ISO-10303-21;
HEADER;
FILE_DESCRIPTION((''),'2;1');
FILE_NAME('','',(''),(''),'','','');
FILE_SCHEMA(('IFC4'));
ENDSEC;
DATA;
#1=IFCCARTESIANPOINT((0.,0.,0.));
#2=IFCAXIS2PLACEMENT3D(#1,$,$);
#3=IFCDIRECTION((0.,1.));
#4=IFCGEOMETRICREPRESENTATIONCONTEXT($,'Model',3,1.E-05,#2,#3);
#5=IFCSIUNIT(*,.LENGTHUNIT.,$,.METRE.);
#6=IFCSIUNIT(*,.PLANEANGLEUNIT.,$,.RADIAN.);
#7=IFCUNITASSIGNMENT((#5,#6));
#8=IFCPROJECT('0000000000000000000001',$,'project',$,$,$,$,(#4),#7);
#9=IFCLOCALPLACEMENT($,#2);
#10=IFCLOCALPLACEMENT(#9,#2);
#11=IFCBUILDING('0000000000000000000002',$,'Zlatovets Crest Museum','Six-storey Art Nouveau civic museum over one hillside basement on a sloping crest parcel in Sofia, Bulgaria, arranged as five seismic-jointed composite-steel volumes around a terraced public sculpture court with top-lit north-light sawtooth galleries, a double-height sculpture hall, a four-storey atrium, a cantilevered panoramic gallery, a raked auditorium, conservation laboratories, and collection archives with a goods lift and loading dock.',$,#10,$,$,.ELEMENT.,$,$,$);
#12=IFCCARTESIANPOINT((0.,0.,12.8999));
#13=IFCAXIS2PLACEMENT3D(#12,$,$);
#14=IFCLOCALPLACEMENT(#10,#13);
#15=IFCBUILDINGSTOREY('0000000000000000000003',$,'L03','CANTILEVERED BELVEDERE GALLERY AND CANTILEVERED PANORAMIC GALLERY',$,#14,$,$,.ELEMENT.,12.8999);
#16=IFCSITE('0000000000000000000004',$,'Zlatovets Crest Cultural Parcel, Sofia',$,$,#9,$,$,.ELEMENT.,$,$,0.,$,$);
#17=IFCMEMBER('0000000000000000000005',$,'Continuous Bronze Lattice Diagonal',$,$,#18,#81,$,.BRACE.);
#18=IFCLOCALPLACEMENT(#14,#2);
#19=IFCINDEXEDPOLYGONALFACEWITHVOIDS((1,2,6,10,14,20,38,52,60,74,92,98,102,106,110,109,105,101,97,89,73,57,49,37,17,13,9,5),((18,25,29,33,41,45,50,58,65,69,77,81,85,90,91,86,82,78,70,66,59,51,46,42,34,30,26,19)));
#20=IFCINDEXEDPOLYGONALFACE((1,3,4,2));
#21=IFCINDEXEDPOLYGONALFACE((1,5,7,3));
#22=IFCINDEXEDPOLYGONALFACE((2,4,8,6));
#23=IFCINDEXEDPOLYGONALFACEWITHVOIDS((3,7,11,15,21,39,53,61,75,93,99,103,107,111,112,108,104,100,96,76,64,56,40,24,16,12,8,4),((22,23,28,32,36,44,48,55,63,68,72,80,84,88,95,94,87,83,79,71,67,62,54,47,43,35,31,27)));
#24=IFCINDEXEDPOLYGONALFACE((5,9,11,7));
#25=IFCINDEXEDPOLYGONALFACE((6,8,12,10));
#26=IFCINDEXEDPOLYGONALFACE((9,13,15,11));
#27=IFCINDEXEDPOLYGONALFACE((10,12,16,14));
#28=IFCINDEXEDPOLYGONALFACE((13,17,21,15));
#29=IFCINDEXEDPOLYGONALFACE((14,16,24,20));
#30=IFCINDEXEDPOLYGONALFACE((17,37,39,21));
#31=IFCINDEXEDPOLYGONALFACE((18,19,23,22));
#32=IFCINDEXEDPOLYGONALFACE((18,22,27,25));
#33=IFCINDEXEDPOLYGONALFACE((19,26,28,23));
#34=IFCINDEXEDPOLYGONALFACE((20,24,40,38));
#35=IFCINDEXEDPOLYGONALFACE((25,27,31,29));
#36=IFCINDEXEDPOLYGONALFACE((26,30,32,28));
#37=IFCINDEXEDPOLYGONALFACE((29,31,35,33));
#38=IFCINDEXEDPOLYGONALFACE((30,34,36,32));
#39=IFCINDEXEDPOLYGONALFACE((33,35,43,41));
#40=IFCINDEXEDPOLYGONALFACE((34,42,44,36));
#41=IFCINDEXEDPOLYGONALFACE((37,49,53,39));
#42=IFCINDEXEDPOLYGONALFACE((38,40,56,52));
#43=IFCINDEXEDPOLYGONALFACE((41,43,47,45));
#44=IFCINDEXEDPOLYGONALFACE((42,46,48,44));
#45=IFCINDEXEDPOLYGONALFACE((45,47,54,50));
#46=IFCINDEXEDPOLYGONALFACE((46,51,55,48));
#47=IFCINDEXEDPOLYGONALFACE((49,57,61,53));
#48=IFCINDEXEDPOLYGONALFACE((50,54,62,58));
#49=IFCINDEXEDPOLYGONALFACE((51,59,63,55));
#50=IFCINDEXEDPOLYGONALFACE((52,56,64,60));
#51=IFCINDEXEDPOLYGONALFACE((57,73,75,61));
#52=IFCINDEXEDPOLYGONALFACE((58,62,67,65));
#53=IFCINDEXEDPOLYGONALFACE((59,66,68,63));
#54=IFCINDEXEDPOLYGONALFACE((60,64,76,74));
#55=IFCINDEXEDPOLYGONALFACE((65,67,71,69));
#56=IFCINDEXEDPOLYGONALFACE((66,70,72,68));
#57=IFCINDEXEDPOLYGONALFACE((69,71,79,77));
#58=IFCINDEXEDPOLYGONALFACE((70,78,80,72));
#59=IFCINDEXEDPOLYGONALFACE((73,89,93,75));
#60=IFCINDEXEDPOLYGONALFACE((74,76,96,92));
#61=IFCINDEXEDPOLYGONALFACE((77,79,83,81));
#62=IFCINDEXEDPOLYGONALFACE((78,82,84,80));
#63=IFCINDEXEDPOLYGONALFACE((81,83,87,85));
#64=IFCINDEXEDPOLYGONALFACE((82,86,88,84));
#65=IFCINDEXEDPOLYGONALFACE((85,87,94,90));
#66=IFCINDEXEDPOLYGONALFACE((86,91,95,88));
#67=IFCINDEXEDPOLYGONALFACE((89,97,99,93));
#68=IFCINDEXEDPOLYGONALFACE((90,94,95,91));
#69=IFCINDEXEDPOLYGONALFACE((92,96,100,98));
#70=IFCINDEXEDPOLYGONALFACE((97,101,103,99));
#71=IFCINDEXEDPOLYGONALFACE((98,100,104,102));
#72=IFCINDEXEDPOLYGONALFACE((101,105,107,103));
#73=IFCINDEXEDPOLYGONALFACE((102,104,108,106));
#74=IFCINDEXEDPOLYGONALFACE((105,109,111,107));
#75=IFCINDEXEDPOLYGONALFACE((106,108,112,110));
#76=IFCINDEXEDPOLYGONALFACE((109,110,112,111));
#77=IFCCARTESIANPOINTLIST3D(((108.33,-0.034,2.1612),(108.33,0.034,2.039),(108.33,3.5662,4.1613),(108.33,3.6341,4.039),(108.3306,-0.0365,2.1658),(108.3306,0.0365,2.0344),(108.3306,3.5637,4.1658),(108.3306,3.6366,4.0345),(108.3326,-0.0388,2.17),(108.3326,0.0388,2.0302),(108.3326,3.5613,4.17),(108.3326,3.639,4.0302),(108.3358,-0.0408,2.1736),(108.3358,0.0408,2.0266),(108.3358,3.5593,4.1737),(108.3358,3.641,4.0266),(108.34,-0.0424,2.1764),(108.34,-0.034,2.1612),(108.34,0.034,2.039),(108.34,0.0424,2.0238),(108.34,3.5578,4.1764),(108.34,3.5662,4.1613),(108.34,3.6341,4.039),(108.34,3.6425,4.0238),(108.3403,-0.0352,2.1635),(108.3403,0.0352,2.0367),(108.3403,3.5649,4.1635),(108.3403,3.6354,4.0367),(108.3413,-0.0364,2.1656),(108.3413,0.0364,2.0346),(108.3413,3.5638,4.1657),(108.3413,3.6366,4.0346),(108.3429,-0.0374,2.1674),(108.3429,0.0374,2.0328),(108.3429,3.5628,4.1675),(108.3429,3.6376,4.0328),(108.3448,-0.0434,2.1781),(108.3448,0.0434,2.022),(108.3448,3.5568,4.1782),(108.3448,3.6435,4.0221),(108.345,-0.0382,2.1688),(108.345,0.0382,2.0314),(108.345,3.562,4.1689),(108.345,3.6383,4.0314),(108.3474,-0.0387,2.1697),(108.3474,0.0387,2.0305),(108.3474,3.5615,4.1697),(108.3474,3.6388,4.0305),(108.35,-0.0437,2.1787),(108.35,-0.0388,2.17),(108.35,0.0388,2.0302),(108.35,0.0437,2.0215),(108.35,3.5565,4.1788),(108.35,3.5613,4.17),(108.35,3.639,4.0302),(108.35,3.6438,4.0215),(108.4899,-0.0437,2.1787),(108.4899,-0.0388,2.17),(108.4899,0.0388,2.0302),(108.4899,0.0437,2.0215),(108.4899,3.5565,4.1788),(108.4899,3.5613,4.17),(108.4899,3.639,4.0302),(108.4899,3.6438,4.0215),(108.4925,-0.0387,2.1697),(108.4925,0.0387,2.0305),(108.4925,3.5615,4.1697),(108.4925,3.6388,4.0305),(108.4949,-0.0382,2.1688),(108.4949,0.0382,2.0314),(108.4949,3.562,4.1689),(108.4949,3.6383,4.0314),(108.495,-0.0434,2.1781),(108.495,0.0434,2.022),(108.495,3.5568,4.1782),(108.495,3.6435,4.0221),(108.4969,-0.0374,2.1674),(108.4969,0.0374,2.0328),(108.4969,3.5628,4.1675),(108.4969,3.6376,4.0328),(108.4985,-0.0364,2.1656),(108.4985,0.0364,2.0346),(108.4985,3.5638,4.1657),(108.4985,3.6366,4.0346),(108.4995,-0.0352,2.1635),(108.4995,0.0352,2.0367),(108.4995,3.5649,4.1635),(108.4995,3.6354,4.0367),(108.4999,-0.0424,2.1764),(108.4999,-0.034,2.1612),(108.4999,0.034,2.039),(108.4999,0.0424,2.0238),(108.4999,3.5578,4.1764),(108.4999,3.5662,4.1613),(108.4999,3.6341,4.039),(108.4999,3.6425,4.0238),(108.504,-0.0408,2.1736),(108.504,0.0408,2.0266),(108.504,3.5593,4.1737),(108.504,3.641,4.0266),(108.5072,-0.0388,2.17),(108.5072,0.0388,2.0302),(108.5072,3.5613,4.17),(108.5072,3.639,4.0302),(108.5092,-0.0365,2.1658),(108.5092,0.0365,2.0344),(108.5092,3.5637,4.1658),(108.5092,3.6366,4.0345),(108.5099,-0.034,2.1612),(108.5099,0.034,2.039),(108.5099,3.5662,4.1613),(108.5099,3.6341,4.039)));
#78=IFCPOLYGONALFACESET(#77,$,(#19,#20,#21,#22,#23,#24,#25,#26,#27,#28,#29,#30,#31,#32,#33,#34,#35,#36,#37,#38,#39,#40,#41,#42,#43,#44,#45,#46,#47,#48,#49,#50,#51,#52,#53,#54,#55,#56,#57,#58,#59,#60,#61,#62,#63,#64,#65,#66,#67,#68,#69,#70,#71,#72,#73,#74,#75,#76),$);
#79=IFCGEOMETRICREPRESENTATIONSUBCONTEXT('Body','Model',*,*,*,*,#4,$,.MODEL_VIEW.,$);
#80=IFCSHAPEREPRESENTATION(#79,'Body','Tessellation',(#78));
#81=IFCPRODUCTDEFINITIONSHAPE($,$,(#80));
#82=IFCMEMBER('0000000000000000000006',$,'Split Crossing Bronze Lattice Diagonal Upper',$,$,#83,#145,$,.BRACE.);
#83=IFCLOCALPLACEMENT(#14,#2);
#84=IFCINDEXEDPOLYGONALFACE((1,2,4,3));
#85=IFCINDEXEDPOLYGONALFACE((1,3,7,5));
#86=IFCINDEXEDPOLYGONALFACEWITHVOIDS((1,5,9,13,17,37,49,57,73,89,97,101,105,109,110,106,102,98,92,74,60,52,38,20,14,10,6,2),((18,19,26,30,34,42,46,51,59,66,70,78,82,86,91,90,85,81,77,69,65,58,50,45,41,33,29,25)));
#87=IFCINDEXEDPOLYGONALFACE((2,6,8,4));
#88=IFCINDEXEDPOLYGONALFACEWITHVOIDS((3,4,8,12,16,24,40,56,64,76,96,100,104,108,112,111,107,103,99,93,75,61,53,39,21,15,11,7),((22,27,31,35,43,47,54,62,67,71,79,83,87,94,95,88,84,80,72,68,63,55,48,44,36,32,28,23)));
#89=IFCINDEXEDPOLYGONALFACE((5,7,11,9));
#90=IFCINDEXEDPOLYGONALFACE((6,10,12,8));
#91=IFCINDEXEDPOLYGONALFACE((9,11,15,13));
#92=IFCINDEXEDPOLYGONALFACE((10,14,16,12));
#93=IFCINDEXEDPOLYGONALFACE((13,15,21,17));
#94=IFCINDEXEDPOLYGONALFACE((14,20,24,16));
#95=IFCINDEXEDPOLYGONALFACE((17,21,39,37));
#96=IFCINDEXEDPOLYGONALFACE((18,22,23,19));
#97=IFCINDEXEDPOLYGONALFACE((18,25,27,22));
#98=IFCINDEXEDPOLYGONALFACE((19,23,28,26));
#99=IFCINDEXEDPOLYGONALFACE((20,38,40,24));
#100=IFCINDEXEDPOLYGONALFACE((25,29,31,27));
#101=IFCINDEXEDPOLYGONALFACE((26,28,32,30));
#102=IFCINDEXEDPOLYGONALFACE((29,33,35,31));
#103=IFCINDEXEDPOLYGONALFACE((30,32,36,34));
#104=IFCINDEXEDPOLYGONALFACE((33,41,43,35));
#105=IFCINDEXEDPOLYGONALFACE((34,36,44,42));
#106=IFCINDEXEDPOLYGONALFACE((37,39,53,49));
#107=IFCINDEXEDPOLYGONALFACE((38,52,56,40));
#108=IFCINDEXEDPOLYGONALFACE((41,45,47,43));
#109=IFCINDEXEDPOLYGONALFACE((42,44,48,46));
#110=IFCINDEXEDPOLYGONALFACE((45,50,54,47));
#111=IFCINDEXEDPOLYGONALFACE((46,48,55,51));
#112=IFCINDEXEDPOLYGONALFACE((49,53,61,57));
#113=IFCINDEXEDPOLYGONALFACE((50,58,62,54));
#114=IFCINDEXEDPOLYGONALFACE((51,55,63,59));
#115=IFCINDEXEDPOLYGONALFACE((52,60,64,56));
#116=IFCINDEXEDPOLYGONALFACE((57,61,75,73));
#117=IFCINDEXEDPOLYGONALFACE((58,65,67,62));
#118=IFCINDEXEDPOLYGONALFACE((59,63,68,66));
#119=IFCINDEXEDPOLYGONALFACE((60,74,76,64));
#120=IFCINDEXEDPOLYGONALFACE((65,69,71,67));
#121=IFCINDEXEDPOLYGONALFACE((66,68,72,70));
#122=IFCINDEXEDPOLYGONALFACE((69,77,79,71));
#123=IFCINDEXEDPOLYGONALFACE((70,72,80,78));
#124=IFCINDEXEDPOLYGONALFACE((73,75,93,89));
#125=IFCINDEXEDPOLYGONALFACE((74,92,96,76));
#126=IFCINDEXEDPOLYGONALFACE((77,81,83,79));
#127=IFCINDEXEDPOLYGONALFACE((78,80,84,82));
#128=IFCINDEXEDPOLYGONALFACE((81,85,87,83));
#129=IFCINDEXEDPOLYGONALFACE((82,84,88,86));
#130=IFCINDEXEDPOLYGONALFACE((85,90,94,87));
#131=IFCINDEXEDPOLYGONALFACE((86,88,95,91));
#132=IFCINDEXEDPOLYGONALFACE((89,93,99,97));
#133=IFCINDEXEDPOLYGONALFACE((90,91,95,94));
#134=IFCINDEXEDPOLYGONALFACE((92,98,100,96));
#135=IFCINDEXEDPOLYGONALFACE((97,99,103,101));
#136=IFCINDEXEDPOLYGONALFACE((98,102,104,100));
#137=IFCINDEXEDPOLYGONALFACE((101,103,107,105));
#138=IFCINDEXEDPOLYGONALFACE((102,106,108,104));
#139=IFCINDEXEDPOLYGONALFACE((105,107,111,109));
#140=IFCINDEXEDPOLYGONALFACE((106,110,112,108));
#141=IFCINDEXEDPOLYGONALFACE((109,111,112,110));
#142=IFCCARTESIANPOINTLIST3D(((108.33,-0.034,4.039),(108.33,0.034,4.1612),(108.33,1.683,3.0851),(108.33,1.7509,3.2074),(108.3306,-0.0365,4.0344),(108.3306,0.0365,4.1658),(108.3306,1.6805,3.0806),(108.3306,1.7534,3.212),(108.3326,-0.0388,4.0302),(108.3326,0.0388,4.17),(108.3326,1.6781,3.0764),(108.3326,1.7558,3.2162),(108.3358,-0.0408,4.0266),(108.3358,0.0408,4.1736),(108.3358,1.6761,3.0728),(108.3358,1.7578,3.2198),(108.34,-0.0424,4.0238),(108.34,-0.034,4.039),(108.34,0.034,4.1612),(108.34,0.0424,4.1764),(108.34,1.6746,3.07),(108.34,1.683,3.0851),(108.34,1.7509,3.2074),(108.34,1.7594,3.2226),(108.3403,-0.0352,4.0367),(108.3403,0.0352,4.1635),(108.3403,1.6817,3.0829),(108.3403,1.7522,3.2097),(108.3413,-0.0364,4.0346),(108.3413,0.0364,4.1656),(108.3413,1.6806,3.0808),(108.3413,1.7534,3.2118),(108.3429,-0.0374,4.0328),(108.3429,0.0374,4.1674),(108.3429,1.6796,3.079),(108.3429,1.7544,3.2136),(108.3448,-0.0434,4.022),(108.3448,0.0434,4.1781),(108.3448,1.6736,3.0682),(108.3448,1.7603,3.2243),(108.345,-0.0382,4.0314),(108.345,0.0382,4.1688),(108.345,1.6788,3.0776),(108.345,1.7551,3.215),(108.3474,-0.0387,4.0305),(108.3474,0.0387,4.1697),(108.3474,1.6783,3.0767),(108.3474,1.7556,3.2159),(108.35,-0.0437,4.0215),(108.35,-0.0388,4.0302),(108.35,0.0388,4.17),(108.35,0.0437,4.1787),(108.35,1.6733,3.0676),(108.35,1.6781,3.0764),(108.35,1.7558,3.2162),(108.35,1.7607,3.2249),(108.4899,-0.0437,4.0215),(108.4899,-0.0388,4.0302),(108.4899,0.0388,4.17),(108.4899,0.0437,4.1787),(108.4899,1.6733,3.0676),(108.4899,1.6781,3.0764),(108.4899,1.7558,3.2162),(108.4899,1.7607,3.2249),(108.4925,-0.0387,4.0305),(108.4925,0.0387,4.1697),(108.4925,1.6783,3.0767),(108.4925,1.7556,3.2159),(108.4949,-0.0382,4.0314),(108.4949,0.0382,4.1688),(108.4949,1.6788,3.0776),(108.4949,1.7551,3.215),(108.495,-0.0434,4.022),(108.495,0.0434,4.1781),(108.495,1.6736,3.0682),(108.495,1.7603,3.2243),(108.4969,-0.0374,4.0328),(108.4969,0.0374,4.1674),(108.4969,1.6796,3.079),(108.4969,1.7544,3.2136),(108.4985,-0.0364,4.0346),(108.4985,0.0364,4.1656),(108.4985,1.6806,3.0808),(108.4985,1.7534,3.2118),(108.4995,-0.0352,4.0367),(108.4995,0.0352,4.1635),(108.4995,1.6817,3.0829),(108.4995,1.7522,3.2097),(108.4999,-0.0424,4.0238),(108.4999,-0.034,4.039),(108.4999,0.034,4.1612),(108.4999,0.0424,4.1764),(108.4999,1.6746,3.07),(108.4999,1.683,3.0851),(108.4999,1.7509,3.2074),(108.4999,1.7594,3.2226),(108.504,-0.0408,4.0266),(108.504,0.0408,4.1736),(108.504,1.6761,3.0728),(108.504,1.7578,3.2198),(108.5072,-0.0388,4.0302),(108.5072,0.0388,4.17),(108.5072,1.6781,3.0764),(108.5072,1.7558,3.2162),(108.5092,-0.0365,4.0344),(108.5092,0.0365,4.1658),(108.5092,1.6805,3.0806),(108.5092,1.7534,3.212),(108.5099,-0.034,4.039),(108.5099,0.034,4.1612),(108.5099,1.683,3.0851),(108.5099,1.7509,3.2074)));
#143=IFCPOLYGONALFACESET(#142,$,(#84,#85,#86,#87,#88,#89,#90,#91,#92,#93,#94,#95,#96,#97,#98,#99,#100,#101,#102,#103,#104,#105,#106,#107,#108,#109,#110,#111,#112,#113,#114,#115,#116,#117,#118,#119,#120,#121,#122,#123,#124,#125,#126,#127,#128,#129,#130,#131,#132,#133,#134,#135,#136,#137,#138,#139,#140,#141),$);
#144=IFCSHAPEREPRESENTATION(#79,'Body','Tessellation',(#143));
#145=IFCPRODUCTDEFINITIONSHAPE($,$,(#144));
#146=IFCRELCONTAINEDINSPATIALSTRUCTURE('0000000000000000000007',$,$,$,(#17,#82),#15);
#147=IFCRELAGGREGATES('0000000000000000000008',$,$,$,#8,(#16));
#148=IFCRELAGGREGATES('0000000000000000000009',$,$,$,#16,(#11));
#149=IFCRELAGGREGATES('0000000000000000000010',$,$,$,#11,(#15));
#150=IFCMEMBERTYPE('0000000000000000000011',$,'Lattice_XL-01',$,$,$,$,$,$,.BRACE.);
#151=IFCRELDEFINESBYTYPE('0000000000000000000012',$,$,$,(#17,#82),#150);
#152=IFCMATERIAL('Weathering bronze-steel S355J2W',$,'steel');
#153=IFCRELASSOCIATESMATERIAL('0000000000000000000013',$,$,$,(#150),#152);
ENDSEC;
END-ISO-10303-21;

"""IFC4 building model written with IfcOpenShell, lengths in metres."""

from ifc_helpers import new_model, si_unit, direction, frame, origin, origin_2d, place, context, subcontext, project, spatial, hollow_rectangle, extrude, material, material_profile, profile_set, type_object, element, save


model = new_model("IFC4")

# Units and contexts
model_context = context("Model", 3, precision=1e-05, world=origin(), true_north=direction((0.0, 1.0)))
body_context = subcontext(model_context, "Body", "Model", "MODEL_VIEW")
ifc_project = project(units=[si_unit("LENGTHUNIT", "METRE"), si_unit("PLANEANGLEUNIT", "RADIAN")], contexts=[model_context])

# Site, building, storey
site_placement = place(None, origin())
site = spatial("IfcSite", under=ifc_project, at=site_placement, Name="Zlatovets Crest Cultural Parcel, Sofia", CompositionType="ELEMENT", RefElevation=0.0)
building_placement = place(site_placement, origin())
building = spatial("IfcBuilding", under=site, at=building_placement, Name="Zlatovets Crest Museum", Description="Six-storey Art Nouveau civic museum over one hillside basement on a sloping crest parcel in Sofia, Bulgaria, arranged as five seismic-jointed composite-steel volumes around a terraced public sculpture court with top-lit north-light sawtooth galleries, a double-height sculpture hall, a four-storey atrium, a cantilevered panoramic gallery, a raked auditorium, conservation laboratories, and collection archives with a goods lift and loading dock.", CompositionType="ELEMENT")
storey_placement = place(building_placement, frame((0.0, 0.0, 12.8999)))
storey = spatial("IfcBuildingStorey", under=building, at=storey_placement, Name="L03", Description="CANTILEVERED BELVEDERE GALLERY AND CANTILEVERED PANORAMIC GALLERY", CompositionType="ELEMENT", Elevation=12.8999)

# Members
ifc_material_1 = material(Name="Weathering bronze-steel S355J2W", Category="steel")
ifc_material_profile_1 = material_profile(ifc_material_1, hollow_rectangle(XDim=0.1799, YDim=0.1799, WallThickness=0.01, InnerFilletRadius=0.01, OuterFilletRadius=0.02, at=origin_2d()), Name="SHS 180x180x10.0")
ifc_profile_set_1 = profile_set([ifc_material_profile_1], Name="Weathering bronze-steel S355J2W")
member_type_1 = type_object("IfcMemberType", Name="Lattice_XL-01", PredefinedType="BRACE", material=ifc_profile_set_1)
member_1_placement = place(storey_placement, frame((108.4199, 0.0, 2.1001), z_axis=(0.0, 0.874163, 0.485633), x_axis=(-1.0, 0.0, 0.0)))
element("IfcMember", 1, at=member_1_placement, inside=storey, type_object=member_type_1, Name="Continuous Bronze Lattice Diagonal", PredefinedType="BRACE", context=body_context, shape_type="SweptSolid", body=[
    extrude(hollow_rectangle(XDim=0.1799, YDim=0.1799, WallThickness=0.01, InnerFilletRadius=0.01, OuterFilletRadius=0.02, at=origin_2d()), origin(), (0.0, 0.0, 1.0), 4.1184),
])
for number, where, z_axis, x_axis, name in (
    (2, (108.4199, 0.0, 4.1001), (0.0, 0.874169, -0.485622), (-1.0, 0.0, 0.0), "Split Crossing Bronze Lattice Diagonal Upper"),
):
    element("IfcMember", number, at=place(storey_placement, frame(where, z_axis=z_axis, x_axis=x_axis)), inside=storey, type_object=member_type_1, Name=name, PredefinedType="BRACE", context=body_context, shape_type="SweptSolid", body=[
        extrude(hollow_rectangle(XDim=0.1799, YDim=0.1799, WallThickness=0.01, InnerFilletRadius=0.01, OuterFilletRadius=0.02, at=origin_2d()), origin(), (0.0, 0.0, 1.0), 1.9641),
    ])

save(model, "model.ifc")
